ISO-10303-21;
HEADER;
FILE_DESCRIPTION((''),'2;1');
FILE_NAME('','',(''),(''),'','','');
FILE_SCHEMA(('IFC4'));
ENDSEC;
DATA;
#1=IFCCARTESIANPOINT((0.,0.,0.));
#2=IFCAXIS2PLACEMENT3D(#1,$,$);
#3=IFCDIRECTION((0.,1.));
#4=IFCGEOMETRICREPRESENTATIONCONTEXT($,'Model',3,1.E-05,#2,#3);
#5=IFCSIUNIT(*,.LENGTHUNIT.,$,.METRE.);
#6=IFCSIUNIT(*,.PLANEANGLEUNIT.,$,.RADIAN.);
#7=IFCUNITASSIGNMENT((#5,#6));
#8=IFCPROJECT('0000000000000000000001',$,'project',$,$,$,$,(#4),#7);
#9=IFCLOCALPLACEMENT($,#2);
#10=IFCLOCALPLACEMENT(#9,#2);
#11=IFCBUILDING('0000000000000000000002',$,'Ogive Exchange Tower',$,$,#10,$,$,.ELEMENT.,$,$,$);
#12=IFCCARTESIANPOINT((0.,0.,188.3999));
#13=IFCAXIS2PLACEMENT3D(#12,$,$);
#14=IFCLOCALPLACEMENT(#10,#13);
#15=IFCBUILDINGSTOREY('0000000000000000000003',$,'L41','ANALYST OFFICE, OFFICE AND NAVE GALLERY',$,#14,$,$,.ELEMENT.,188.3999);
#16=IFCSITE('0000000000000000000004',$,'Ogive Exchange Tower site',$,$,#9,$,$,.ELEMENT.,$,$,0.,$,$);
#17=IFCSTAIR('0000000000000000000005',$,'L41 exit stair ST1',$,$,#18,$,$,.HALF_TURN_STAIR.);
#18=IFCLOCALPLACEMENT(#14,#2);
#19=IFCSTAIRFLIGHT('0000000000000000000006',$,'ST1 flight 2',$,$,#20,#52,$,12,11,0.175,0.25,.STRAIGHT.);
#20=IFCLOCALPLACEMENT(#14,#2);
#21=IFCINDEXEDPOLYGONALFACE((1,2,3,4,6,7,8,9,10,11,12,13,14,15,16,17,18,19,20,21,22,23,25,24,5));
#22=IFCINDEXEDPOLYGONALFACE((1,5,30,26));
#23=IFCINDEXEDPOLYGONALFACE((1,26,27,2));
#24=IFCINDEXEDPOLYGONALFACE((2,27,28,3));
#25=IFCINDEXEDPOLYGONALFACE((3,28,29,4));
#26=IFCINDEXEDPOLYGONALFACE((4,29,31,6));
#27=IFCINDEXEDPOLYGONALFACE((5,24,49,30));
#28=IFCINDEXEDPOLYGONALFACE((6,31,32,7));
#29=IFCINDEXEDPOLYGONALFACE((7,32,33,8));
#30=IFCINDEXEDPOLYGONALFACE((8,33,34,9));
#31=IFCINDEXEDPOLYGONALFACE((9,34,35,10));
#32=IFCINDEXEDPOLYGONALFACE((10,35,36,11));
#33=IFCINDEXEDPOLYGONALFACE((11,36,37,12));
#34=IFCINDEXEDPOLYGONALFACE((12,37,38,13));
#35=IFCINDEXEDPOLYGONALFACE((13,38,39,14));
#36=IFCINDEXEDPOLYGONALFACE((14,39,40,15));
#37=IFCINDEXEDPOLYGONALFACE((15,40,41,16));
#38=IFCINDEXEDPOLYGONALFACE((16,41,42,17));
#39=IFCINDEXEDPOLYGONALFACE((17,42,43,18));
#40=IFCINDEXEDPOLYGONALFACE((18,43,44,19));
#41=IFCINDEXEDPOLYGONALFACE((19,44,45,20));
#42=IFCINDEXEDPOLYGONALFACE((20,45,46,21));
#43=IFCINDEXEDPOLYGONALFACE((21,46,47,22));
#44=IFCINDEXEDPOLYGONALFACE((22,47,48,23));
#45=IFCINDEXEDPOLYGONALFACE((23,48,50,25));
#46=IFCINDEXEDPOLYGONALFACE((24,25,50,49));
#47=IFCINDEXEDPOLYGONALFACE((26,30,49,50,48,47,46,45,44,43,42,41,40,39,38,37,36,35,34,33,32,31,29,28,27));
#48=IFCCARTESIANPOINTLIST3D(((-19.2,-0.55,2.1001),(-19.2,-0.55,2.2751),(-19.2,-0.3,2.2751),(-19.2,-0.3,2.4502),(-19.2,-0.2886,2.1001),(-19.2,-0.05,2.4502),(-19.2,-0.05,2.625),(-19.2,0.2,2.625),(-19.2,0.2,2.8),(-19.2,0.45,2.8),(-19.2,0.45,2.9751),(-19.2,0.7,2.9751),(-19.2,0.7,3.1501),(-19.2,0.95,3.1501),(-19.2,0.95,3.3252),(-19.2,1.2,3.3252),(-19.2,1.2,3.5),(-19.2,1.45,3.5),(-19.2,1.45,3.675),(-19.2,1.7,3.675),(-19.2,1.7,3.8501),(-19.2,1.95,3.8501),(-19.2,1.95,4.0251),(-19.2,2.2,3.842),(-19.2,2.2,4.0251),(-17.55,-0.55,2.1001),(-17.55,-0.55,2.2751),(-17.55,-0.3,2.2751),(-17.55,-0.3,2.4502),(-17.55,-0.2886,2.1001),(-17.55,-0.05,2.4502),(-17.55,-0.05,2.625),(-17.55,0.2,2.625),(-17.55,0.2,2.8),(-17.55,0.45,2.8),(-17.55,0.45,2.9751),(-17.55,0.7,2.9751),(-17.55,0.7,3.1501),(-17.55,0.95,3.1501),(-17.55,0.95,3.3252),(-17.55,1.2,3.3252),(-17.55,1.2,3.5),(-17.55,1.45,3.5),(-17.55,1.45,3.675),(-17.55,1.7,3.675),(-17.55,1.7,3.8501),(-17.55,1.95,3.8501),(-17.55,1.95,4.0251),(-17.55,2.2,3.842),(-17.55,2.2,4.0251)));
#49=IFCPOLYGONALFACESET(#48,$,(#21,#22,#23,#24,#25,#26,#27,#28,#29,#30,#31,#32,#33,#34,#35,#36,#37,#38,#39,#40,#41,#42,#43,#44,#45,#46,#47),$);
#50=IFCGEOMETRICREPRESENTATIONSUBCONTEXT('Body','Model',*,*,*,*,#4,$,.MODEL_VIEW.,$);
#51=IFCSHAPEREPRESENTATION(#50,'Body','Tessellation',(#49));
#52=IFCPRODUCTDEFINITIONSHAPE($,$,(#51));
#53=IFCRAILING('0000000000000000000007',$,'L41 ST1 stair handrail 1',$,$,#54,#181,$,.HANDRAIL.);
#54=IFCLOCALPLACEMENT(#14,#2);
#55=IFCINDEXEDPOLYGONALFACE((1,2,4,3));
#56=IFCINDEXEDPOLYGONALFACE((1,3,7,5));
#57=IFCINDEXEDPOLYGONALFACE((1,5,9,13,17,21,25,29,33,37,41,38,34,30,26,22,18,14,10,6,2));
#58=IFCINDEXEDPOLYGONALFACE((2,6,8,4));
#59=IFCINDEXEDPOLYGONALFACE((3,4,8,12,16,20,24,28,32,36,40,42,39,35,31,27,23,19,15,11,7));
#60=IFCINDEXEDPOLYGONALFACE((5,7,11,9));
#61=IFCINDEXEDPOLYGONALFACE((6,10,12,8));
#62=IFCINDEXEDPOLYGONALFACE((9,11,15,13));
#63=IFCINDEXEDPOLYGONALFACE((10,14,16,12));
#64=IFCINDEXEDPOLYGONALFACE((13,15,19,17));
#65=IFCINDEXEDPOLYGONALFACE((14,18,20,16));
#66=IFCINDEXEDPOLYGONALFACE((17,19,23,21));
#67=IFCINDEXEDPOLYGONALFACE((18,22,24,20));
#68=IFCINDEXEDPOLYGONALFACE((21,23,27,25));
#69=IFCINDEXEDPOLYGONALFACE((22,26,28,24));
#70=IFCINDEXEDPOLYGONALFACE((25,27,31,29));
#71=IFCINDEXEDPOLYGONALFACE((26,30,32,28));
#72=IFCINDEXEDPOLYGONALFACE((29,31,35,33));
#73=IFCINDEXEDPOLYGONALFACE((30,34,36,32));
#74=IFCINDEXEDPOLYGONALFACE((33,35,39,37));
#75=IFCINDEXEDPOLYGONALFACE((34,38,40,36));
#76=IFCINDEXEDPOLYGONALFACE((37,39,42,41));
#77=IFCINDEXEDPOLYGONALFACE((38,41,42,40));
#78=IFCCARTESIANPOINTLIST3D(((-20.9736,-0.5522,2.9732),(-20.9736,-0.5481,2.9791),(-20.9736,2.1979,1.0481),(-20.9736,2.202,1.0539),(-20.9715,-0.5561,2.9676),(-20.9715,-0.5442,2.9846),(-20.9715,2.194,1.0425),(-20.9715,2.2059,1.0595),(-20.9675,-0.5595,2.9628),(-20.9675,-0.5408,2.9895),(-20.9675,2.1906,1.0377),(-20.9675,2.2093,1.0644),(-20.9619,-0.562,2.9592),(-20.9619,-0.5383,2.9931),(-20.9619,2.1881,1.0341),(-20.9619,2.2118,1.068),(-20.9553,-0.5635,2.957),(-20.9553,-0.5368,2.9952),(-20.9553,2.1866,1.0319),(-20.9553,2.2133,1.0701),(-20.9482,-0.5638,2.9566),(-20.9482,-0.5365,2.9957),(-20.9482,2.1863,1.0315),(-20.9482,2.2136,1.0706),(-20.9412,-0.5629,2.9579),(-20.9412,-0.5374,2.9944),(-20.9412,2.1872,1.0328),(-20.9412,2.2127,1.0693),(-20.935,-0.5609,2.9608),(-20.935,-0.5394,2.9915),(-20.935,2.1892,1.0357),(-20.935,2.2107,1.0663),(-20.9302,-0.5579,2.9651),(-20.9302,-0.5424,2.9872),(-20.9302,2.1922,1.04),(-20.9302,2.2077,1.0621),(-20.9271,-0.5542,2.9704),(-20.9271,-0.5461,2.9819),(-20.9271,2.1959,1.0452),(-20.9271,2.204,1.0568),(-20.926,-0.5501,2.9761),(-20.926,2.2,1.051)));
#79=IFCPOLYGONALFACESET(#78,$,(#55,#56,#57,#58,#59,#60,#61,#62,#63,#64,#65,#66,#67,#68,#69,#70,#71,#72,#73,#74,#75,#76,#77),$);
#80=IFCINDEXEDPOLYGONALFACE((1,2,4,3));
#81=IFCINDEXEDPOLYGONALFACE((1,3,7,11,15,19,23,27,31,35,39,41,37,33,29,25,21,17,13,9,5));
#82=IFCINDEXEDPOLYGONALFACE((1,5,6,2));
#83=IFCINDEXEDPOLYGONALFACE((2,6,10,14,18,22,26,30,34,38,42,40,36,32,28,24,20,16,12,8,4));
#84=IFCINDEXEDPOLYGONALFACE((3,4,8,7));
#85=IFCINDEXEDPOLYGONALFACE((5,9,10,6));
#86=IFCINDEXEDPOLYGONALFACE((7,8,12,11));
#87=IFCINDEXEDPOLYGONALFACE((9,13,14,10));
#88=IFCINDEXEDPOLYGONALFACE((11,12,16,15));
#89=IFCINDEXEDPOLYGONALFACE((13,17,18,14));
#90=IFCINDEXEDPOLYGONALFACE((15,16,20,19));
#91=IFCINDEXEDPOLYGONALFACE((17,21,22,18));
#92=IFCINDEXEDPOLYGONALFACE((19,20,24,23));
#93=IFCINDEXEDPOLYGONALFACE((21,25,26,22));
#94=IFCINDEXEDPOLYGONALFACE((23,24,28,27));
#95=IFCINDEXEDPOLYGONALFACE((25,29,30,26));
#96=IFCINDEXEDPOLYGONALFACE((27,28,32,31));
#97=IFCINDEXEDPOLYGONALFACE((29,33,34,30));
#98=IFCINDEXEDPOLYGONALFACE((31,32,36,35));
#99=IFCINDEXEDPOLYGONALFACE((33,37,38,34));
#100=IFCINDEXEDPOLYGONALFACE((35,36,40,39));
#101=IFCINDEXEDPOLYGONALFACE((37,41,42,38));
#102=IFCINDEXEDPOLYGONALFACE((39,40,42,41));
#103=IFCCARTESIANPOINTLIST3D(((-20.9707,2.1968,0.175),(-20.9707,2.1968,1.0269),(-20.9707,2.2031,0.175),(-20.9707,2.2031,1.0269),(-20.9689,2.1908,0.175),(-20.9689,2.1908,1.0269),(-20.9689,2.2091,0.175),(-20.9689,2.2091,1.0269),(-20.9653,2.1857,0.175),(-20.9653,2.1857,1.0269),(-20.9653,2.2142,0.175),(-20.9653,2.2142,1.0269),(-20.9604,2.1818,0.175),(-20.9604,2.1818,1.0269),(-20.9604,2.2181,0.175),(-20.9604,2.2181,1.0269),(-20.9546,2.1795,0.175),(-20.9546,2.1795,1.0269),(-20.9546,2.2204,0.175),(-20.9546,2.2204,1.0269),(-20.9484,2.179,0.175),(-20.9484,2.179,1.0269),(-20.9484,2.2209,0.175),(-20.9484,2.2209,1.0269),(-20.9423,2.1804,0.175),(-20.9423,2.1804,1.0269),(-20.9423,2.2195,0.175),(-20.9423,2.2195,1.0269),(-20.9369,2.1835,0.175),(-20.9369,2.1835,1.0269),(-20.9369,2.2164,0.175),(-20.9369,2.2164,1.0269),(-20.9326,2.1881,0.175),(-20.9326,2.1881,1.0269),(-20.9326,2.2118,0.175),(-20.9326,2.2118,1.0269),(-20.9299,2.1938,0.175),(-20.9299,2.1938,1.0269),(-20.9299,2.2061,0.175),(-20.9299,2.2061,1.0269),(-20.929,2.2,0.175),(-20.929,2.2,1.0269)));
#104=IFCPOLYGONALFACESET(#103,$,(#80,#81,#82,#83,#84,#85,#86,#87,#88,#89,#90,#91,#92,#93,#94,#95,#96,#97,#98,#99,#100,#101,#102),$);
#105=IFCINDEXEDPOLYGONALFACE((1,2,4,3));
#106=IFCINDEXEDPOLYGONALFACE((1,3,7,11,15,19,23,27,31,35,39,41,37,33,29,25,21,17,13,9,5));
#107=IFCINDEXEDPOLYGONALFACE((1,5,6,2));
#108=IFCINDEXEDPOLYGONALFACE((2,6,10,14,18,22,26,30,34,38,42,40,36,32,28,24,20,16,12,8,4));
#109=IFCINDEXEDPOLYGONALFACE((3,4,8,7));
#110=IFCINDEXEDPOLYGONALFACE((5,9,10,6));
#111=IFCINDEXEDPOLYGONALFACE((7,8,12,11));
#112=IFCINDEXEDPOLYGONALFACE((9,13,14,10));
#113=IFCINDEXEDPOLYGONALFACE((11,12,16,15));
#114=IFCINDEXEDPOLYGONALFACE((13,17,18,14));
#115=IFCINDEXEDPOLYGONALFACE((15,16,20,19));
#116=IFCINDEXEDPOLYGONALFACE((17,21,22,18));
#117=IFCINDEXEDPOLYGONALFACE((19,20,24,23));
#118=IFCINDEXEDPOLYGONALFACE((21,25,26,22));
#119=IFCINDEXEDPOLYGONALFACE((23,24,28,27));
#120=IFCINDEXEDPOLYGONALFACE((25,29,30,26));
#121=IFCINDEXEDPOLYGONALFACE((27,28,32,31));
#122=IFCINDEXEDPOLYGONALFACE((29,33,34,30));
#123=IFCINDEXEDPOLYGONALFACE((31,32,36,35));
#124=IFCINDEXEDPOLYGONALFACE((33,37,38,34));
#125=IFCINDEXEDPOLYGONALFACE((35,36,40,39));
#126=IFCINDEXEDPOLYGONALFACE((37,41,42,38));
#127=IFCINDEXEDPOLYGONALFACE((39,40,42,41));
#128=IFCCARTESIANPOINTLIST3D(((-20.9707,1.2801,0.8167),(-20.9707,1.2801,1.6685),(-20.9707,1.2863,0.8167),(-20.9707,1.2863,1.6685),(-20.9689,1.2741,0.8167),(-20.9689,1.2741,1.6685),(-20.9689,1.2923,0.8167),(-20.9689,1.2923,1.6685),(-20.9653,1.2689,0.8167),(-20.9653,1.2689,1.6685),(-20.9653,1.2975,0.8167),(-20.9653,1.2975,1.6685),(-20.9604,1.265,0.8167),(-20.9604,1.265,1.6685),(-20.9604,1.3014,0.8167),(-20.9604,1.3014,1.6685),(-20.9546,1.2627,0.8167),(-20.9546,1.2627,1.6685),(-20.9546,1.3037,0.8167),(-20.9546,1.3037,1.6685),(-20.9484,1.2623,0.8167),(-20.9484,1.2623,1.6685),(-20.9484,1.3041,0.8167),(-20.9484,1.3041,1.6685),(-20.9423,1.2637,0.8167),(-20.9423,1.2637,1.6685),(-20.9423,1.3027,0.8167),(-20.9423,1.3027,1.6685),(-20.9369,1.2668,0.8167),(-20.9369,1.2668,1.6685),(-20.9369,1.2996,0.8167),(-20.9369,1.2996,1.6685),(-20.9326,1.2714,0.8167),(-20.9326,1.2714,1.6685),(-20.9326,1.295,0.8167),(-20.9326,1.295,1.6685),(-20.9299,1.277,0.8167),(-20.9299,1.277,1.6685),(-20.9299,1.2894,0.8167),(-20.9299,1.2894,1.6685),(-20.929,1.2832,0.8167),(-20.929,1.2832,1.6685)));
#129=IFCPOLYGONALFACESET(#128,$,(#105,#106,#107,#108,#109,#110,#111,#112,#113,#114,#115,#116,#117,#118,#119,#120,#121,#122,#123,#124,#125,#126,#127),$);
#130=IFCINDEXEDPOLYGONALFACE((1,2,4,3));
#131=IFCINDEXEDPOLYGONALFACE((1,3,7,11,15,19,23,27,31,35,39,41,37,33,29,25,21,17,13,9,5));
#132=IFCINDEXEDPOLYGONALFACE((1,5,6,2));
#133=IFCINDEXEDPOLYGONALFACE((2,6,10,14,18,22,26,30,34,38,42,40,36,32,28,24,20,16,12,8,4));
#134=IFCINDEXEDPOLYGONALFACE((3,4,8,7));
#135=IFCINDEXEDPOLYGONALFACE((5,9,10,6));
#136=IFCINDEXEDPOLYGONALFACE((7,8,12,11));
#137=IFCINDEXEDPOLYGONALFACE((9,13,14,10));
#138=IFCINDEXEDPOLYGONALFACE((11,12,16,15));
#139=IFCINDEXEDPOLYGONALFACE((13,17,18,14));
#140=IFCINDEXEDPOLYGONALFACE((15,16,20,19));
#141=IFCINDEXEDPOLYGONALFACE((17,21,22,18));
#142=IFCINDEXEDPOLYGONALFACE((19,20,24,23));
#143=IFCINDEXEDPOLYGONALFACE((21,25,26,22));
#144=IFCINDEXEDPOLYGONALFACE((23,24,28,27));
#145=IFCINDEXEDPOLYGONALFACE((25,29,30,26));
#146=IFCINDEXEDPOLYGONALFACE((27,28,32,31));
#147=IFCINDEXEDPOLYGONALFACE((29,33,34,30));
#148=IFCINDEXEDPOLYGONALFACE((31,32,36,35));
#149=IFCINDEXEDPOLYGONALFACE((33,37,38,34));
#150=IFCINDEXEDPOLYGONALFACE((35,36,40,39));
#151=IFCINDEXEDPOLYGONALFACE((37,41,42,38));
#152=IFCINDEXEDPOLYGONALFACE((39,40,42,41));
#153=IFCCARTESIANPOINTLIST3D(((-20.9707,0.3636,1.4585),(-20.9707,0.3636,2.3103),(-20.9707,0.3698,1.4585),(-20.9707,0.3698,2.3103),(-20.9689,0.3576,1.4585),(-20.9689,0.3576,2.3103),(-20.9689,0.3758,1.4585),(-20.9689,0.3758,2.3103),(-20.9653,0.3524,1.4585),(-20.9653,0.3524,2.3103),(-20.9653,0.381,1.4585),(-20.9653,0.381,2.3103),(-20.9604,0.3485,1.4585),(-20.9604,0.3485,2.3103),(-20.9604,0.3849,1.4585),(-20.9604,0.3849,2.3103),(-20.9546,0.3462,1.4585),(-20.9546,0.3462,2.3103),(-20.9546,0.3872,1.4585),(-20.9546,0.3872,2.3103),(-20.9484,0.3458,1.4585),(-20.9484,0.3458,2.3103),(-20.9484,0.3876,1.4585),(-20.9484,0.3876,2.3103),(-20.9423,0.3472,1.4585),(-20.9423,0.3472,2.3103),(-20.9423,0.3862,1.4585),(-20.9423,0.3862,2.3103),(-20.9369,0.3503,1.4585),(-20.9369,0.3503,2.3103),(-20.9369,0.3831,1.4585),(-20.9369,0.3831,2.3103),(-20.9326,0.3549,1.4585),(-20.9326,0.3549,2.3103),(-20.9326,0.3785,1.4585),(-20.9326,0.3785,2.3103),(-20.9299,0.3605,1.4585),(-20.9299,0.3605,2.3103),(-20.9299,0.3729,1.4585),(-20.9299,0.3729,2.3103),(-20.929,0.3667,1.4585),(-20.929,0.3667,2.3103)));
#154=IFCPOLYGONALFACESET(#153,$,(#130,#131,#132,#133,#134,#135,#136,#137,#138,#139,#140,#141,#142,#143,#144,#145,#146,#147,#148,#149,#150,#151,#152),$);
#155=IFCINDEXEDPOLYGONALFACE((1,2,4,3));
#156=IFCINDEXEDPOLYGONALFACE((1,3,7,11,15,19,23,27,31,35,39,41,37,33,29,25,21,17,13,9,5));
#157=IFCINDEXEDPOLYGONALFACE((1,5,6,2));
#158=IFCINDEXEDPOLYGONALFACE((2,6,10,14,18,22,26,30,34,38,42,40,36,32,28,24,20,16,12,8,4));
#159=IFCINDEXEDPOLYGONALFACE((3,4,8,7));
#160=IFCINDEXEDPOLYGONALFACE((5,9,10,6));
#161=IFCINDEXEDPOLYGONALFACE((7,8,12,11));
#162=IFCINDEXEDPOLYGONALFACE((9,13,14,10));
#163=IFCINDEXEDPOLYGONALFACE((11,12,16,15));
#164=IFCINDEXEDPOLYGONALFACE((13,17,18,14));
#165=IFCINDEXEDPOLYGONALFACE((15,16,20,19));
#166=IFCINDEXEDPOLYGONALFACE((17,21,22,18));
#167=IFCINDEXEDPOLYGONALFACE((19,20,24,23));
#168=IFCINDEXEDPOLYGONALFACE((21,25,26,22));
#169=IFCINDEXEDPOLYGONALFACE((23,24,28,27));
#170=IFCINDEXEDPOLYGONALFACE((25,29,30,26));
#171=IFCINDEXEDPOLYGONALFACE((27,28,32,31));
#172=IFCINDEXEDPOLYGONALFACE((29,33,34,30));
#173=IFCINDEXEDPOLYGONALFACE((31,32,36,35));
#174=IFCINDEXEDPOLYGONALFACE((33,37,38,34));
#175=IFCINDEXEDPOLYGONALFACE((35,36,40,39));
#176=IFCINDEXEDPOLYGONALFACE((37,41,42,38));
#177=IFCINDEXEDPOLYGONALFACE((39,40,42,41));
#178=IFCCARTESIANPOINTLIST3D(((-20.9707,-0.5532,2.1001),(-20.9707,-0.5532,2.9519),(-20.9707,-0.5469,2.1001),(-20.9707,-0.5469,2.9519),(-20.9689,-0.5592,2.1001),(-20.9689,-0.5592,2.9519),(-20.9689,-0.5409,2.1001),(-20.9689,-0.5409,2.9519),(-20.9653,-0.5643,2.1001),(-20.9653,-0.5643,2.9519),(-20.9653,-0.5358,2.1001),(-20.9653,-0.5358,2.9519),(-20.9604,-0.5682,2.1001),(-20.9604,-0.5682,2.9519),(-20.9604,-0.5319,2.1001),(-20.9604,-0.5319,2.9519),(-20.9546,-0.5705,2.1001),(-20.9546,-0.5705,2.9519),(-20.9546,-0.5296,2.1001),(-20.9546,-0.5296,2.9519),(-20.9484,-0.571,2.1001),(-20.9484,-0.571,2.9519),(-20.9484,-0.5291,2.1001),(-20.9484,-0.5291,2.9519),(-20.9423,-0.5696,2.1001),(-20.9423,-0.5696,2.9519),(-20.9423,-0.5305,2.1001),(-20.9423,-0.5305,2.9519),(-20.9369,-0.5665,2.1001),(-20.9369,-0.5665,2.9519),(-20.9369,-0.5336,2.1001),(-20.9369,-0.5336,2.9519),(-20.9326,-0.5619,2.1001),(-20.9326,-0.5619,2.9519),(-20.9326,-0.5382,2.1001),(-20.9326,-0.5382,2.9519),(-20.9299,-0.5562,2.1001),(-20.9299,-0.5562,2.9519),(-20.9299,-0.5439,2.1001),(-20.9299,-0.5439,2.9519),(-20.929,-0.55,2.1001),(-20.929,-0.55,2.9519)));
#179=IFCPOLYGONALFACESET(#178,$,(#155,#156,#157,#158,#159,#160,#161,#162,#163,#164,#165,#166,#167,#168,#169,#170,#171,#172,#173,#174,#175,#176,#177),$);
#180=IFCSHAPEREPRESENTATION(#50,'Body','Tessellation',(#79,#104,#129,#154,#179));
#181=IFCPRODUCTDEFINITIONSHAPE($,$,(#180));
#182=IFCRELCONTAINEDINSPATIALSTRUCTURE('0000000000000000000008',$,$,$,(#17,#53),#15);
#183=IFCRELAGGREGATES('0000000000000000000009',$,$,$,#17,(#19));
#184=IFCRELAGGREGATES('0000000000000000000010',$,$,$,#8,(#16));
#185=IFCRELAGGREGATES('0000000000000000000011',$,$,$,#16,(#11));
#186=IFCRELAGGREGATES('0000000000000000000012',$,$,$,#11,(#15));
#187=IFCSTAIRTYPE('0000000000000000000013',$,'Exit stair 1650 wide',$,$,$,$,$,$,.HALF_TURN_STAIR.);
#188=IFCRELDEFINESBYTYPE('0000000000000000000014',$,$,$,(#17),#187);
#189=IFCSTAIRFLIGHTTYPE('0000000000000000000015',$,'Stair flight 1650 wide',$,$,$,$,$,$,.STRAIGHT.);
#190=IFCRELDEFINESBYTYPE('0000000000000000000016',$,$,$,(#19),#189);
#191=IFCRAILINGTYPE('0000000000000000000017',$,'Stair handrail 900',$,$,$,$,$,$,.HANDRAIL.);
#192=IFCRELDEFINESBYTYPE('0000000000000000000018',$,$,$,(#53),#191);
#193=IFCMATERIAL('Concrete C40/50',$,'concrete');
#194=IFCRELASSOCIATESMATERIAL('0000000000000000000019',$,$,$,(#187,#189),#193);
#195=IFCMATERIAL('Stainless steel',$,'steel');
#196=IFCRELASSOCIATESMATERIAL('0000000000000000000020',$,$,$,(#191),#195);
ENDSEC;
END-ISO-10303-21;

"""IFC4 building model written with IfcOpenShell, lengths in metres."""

from ifc_helpers import new_model, si_unit, direction, frame, origin, origin_2d, place, context, subcontext, project, spatial, polyline, circle, outline, extrude, material, type_object, element, aggregate, save


model = new_model("IFC4")

# Units and contexts
model_context = context("Model", 3, precision=1e-05, world=origin(), true_north=direction((0.0, 1.0)))
body_context = subcontext(model_context, "Body", "Model", "MODEL_VIEW")
ifc_project = project(units=[si_unit("LENGTHUNIT", "METRE"), si_unit("PLANEANGLEUNIT", "RADIAN")], contexts=[model_context])

# Site, building, storey
site_placement = place(None, origin())
site = spatial("IfcSite", under=ifc_project, at=site_placement, Name="Ogive Exchange Tower site", CompositionType="ELEMENT", RefElevation=0.0)
building_placement = place(site_placement, origin())
building = spatial("IfcBuilding", under=site, at=building_placement, Name="Ogive Exchange Tower", CompositionType="ELEMENT")
storey_placement = place(building_placement, frame((0.0, 0.0, 188.3999)))
storey = spatial("IfcBuildingStorey", under=building, at=storey_placement, Name="L41", Description="ANALYST OFFICE, OFFICE AND NAVE GALLERY", CompositionType="ELEMENT", Elevation=188.3999)

# Stair, stair flight
ifc_material_1 = material(Name="Concrete C40/50", Category="concrete")
stair_type = type_object("IfcStairType", Name="Exit stair 1650 wide", PredefinedType="HALF_TURN_STAIR", material=ifc_material_1)
stair_placement = place(storey_placement, origin())
stair = element("IfcStair", 1, at=stair_placement, inside=storey, type_object=stair_type, Name="L41 exit stair ST1", PredefinedType="HALF_TURN_STAIR")
stair_flight_type = type_object("IfcStairFlightType", Name="Stair flight 1650 wide", PredefinedType="STRAIGHT", material=ifc_material_1)
stair_flight_1_placement = place(storey_placement, frame((-18.375, -0.55, 2.1001), z_axis=(0.0, 0.0, 1.0), x_axis=(0.0, 1.0, 0.0)))
stair_flight_1 = element("IfcStairFlight", 2, at=stair_flight_1_placement, type_object=stair_flight_type, Name="ST1 flight 2", NumberOfRisers=12, NumberOfTreads=11, PredefinedType="STRAIGHT", RiserHeight=0.175, TreadLength=0.25, context=body_context, shape_type="SweptSolid", body=[
    extrude(outline(polyline([(0.0, 0.0), (0.0, 0.175), (0.25, 0.175), (0.25, 0.3501), (0.5, 0.3501), (0.5, 0.5249), (0.75, 0.5249), (0.75, 0.7), (1.0, 0.7), (1.0, 0.875), (1.25, 0.875), (1.25, 1.05), (1.5, 1.05), (1.5, 1.2251), (1.75, 1.2251), (1.75, 1.3999), (2.0, 1.3999), (2.0, 1.575), (2.25, 1.575), (2.25, 1.75), (2.5, 1.75), (2.5, 1.925), (2.75, 1.925), (2.75, 2.1001), (2.75, 1.7419), (0.2615, 0.0), (0.0, 0.0)])), frame((0.0, 0.825, 0.0), z_axis=(0.0, -1.0, 0.0), x_axis=(1.0, 0.0, 0.0)), (0.0, 0.0, 1.0), 1.6499),
])
aggregate(stair, [stair_flight_1])

# Railing
ifc_material_2 = material(Name="Stainless steel", Category="steel")
railing_type = type_object("IfcRailingType", Name="Stair handrail 900", PredefinedType="HANDRAIL", material=ifc_material_2)
railing_placement = place(storey_placement, frame((-20.95, 2.2, 0.175)))
element("IfcRailing", 3, at=railing_placement, inside=storey, type_object=railing_type, Name="L41 ST1 stair handrail 1", PredefinedType="HANDRAIL", context=body_context, shape_type="SweptSolid", body=[
    extrude(circle(Radius=0.0239, at=origin_2d()), frame((0.0, 0.0, 0.876), z_axis=(0.0, -0.819225, 0.573472), x_axis=(1.0, 0.0, 0.0)), (0.0, 0.0, 1.0), 3.3569),
    extrude(circle(Radius=0.021, at=origin_2d()), origin(), (0.0, 0.0, 1.0), 0.8518),
    extrude(circle(Radius=0.021, at=origin_2d()), frame((0.0, -0.9167, 0.6416)), (0.0, 0.0, 1.0), 0.8518),
    extrude(circle(Radius=0.021, at=origin_2d()), frame((0.0, -1.8333, 1.2834)), (0.0, 0.0, 1.0), 0.8518),
    extrude(circle(Radius=0.021, at=origin_2d()), frame((0.0, -2.75, 1.925)), (0.0, 0.0, 1.0), 0.8518),
])

save(model, "model.ifc")
